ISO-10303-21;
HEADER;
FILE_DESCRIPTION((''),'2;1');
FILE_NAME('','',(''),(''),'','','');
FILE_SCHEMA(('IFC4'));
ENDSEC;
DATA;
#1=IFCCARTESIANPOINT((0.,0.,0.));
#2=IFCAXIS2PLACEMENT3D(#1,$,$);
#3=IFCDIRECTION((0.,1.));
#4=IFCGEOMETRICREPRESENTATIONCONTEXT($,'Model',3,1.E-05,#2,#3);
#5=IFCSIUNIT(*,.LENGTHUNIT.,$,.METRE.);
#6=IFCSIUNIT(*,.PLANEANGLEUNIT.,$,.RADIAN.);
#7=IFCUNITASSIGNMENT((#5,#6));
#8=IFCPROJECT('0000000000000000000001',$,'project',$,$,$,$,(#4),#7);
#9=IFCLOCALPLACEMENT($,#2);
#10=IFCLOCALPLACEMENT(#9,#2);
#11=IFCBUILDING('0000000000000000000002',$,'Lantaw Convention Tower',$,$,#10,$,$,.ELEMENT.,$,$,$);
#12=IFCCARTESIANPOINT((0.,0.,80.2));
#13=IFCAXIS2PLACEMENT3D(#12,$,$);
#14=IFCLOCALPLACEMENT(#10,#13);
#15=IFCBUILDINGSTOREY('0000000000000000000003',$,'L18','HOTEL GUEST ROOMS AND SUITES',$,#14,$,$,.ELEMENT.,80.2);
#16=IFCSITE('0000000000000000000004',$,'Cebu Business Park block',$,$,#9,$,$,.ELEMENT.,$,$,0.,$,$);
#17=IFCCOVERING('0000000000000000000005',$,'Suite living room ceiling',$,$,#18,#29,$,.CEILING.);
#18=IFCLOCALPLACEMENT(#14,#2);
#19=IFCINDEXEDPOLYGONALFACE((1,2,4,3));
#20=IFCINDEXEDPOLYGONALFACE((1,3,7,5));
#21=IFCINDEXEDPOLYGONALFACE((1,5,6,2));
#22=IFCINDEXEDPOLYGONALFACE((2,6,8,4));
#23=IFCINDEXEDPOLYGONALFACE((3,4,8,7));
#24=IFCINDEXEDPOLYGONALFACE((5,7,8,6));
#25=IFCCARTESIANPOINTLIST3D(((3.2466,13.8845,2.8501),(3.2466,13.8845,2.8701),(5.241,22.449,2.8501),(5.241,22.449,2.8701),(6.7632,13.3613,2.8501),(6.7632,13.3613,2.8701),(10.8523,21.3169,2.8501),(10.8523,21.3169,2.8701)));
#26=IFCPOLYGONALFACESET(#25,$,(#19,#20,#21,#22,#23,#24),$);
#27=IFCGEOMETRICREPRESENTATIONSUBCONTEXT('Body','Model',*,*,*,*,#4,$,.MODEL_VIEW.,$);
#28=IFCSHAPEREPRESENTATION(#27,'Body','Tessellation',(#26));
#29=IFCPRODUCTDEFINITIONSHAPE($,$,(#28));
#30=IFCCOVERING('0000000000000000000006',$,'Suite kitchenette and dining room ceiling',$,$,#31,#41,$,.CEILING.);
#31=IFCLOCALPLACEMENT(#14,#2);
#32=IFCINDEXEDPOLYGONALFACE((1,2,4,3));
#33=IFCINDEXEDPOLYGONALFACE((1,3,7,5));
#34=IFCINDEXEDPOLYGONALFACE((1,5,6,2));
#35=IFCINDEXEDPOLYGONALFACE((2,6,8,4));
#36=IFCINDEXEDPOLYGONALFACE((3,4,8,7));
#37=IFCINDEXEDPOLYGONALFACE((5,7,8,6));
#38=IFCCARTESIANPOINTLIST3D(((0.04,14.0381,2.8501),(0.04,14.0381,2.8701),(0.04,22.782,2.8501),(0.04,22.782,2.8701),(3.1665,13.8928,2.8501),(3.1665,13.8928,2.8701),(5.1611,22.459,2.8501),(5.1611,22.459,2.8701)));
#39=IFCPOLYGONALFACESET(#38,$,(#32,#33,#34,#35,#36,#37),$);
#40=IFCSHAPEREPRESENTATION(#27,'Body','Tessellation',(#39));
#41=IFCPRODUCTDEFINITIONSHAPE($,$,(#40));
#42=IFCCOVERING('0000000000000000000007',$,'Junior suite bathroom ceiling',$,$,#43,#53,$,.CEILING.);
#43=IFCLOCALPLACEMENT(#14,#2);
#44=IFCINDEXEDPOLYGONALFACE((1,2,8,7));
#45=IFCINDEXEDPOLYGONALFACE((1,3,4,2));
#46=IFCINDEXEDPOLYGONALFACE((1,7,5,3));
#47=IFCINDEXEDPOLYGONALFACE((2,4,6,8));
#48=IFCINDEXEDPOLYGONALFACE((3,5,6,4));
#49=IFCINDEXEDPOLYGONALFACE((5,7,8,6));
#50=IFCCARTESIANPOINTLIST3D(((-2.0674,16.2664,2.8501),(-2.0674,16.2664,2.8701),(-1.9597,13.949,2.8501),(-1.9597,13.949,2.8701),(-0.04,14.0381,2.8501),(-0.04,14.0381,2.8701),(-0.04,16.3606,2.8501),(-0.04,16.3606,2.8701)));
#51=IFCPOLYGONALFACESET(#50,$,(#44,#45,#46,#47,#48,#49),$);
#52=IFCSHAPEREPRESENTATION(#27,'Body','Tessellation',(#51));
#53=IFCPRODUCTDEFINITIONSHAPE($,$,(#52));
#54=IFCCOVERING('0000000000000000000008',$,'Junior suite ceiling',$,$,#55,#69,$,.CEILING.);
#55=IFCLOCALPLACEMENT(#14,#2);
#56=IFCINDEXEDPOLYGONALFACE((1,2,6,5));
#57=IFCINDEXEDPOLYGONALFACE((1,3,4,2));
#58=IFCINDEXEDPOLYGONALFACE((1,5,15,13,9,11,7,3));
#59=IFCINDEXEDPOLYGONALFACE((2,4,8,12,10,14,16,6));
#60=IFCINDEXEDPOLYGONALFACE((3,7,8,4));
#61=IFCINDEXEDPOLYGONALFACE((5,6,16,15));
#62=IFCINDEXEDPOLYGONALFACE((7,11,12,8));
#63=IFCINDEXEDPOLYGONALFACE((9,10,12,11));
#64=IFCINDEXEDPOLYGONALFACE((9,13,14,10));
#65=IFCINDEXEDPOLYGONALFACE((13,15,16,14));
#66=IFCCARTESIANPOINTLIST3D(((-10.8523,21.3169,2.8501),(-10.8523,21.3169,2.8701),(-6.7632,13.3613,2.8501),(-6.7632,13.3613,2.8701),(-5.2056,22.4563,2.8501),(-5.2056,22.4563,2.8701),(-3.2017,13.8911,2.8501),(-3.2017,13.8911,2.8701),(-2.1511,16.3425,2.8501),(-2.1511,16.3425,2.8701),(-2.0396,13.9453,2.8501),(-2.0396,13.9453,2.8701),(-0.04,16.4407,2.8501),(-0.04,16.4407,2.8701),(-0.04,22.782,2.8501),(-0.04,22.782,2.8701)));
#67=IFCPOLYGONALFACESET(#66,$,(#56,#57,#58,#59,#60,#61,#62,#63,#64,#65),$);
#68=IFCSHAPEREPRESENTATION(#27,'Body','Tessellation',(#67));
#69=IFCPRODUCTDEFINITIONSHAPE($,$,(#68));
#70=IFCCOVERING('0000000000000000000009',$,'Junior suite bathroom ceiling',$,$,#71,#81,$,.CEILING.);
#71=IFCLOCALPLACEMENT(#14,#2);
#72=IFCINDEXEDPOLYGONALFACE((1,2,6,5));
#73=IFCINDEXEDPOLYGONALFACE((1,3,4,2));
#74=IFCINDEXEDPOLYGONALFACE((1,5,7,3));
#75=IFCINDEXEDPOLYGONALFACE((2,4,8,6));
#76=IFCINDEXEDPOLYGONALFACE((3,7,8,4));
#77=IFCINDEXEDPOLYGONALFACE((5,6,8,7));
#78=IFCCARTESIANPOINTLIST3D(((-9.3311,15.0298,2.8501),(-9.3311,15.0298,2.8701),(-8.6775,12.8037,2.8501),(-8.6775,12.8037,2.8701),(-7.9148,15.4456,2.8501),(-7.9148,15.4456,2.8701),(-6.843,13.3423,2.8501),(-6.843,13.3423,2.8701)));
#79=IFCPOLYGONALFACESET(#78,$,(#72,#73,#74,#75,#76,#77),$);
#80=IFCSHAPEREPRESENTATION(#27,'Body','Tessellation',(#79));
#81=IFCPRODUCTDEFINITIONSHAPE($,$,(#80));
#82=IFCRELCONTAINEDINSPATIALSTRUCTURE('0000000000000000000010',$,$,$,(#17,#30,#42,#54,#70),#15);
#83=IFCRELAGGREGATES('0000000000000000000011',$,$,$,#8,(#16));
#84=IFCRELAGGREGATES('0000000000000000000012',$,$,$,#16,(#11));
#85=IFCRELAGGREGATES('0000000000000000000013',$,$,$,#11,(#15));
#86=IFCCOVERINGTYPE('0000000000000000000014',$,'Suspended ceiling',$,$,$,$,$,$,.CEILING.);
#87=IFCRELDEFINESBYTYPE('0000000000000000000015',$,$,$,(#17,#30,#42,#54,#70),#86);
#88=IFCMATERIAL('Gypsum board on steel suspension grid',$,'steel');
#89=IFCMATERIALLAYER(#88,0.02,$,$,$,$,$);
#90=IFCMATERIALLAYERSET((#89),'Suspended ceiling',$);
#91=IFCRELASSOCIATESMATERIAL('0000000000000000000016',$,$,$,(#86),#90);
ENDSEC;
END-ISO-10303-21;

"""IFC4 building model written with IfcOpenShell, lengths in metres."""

from ifc_helpers import new_model, si_unit, direction, frame, origin, place, context, subcontext, project, spatial, polyline, outline, extrude, material, layer, layer_set, type_object, element, save


model = new_model("IFC4")

# Units and contexts
model_context = context("Model", 3, precision=1e-05, world=origin(), true_north=direction((0.0, 1.0)))
body_context = subcontext(model_context, "Body", "Model", "MODEL_VIEW")
ifc_project = project(units=[si_unit("LENGTHUNIT", "METRE"), si_unit("PLANEANGLEUNIT", "RADIAN")], contexts=[model_context])

# Site, building, storey
site_placement = place(None, origin())
site = spatial("IfcSite", under=ifc_project, at=site_placement, Name="Cebu Business Park block", CompositionType="ELEMENT", RefElevation=0.0)
building_placement = place(site_placement, origin())
building = spatial("IfcBuilding", under=site, at=building_placement, Name="Lantaw Convention Tower", CompositionType="ELEMENT")
storey_placement = place(building_placement, frame((0.0, 0.0, 80.2)))
storey = spatial("IfcBuildingStorey", under=building, at=storey_placement, Name="L18", Description="HOTEL GUEST ROOMS AND SUITES", CompositionType="ELEMENT", Elevation=80.2)

# Coverings
ifc_material_1 = material(Name="Gypsum board on steel suspension grid", Category="steel")
ifc_layer_1 = layer(ifc_material_1, 0.02)
ifc_layer_set_1 = layer_set([ifc_layer_1], Name="Suspended ceiling")
covering_type = type_object("IfcCoveringType", Name="Suspended ceiling", PredefinedType="CEILING", material=ifc_layer_set_1)
covering_1_placement = place(storey_placement, frame((0.0, 0.0, 2.8501)))
element("IfcCovering", 1, at=covering_1_placement, inside=storey, type_object=covering_type, Name="Suite living room ceiling", PredefinedType="CEILING", context=body_context, shape_type="SweptSolid", body=[
    extrude(outline(polyline([(6.7632, 13.3613), (10.8523, 21.3169), (5.241, 22.449), (3.2466, 13.8845), (6.7632, 13.3613)])), origin(), (0.0, 0.0, 1.0), 0.02),
])
covering_2_placement = place(storey_placement, frame((0.0, 0.0, 2.8501)))
element("IfcCovering", 2, at=covering_2_placement, inside=storey, type_object=covering_type, Name="Suite kitchenette and dining room ceiling", PredefinedType="CEILING", context=body_context, shape_type="SweptSolid", body=[
    extrude(outline(polyline([(3.1665, 13.8928), (5.1611, 22.459), (0.04, 22.782), (0.04, 14.0381), (3.1665, 13.8928)])), origin(), (0.0, 0.0, 1.0), 0.02),
])
covering_3_placement = place(storey_placement, frame((0.0, 0.0, 2.8501)))
element("IfcCovering", 3, at=covering_3_placement, inside=storey, type_object=covering_type, Name="Junior suite bathroom ceiling", PredefinedType="CEILING", context=body_context, shape_type="SweptSolid", body=[
    extrude(outline(polyline([(-0.04, 14.0381), (-0.04, 16.3606), (-2.0674, 16.2664), (-1.9597, 13.949), (-0.04, 14.0381)])), origin(), (0.0, 0.0, 1.0), 0.02),
])
covering_4_placement = place(storey_placement, frame((0.0, 0.0, 2.8501)))
element("IfcCovering", 4, at=covering_4_placement, inside=storey, type_object=covering_type, Name="Junior suite ceiling", PredefinedType="CEILING", context=body_context, shape_type="SweptSolid", body=[
    extrude(outline(polyline([(-3.2017, 13.8911), (-2.0396, 13.9453), (-2.1511, 16.3425), (-0.04, 16.4407), (-0.04, 22.782), (-5.2056, 22.4563), (-10.8523, 21.3169), (-6.7632, 13.3613), (-3.2017, 13.8911)])), origin(), (0.0, 0.0, 1.0), 0.02),
])
covering_5_placement = place(storey_placement, frame((0.0, 0.0, 2.8501)))
element("IfcCovering", 5, at=covering_5_placement, inside=storey, type_object=covering_type, Name="Junior suite bathroom ceiling", PredefinedType="CEILING", context=body_context, shape_type="SweptSolid", body=[
    extrude(outline(polyline([(-6.843, 13.3423), (-7.9148, 15.4456), (-9.3311, 15.0298), (-8.6775, 12.8037), (-6.843, 13.3423)])), origin(), (0.0, 0.0, 1.0), 0.02),
])

save(model, "model.ifc")
